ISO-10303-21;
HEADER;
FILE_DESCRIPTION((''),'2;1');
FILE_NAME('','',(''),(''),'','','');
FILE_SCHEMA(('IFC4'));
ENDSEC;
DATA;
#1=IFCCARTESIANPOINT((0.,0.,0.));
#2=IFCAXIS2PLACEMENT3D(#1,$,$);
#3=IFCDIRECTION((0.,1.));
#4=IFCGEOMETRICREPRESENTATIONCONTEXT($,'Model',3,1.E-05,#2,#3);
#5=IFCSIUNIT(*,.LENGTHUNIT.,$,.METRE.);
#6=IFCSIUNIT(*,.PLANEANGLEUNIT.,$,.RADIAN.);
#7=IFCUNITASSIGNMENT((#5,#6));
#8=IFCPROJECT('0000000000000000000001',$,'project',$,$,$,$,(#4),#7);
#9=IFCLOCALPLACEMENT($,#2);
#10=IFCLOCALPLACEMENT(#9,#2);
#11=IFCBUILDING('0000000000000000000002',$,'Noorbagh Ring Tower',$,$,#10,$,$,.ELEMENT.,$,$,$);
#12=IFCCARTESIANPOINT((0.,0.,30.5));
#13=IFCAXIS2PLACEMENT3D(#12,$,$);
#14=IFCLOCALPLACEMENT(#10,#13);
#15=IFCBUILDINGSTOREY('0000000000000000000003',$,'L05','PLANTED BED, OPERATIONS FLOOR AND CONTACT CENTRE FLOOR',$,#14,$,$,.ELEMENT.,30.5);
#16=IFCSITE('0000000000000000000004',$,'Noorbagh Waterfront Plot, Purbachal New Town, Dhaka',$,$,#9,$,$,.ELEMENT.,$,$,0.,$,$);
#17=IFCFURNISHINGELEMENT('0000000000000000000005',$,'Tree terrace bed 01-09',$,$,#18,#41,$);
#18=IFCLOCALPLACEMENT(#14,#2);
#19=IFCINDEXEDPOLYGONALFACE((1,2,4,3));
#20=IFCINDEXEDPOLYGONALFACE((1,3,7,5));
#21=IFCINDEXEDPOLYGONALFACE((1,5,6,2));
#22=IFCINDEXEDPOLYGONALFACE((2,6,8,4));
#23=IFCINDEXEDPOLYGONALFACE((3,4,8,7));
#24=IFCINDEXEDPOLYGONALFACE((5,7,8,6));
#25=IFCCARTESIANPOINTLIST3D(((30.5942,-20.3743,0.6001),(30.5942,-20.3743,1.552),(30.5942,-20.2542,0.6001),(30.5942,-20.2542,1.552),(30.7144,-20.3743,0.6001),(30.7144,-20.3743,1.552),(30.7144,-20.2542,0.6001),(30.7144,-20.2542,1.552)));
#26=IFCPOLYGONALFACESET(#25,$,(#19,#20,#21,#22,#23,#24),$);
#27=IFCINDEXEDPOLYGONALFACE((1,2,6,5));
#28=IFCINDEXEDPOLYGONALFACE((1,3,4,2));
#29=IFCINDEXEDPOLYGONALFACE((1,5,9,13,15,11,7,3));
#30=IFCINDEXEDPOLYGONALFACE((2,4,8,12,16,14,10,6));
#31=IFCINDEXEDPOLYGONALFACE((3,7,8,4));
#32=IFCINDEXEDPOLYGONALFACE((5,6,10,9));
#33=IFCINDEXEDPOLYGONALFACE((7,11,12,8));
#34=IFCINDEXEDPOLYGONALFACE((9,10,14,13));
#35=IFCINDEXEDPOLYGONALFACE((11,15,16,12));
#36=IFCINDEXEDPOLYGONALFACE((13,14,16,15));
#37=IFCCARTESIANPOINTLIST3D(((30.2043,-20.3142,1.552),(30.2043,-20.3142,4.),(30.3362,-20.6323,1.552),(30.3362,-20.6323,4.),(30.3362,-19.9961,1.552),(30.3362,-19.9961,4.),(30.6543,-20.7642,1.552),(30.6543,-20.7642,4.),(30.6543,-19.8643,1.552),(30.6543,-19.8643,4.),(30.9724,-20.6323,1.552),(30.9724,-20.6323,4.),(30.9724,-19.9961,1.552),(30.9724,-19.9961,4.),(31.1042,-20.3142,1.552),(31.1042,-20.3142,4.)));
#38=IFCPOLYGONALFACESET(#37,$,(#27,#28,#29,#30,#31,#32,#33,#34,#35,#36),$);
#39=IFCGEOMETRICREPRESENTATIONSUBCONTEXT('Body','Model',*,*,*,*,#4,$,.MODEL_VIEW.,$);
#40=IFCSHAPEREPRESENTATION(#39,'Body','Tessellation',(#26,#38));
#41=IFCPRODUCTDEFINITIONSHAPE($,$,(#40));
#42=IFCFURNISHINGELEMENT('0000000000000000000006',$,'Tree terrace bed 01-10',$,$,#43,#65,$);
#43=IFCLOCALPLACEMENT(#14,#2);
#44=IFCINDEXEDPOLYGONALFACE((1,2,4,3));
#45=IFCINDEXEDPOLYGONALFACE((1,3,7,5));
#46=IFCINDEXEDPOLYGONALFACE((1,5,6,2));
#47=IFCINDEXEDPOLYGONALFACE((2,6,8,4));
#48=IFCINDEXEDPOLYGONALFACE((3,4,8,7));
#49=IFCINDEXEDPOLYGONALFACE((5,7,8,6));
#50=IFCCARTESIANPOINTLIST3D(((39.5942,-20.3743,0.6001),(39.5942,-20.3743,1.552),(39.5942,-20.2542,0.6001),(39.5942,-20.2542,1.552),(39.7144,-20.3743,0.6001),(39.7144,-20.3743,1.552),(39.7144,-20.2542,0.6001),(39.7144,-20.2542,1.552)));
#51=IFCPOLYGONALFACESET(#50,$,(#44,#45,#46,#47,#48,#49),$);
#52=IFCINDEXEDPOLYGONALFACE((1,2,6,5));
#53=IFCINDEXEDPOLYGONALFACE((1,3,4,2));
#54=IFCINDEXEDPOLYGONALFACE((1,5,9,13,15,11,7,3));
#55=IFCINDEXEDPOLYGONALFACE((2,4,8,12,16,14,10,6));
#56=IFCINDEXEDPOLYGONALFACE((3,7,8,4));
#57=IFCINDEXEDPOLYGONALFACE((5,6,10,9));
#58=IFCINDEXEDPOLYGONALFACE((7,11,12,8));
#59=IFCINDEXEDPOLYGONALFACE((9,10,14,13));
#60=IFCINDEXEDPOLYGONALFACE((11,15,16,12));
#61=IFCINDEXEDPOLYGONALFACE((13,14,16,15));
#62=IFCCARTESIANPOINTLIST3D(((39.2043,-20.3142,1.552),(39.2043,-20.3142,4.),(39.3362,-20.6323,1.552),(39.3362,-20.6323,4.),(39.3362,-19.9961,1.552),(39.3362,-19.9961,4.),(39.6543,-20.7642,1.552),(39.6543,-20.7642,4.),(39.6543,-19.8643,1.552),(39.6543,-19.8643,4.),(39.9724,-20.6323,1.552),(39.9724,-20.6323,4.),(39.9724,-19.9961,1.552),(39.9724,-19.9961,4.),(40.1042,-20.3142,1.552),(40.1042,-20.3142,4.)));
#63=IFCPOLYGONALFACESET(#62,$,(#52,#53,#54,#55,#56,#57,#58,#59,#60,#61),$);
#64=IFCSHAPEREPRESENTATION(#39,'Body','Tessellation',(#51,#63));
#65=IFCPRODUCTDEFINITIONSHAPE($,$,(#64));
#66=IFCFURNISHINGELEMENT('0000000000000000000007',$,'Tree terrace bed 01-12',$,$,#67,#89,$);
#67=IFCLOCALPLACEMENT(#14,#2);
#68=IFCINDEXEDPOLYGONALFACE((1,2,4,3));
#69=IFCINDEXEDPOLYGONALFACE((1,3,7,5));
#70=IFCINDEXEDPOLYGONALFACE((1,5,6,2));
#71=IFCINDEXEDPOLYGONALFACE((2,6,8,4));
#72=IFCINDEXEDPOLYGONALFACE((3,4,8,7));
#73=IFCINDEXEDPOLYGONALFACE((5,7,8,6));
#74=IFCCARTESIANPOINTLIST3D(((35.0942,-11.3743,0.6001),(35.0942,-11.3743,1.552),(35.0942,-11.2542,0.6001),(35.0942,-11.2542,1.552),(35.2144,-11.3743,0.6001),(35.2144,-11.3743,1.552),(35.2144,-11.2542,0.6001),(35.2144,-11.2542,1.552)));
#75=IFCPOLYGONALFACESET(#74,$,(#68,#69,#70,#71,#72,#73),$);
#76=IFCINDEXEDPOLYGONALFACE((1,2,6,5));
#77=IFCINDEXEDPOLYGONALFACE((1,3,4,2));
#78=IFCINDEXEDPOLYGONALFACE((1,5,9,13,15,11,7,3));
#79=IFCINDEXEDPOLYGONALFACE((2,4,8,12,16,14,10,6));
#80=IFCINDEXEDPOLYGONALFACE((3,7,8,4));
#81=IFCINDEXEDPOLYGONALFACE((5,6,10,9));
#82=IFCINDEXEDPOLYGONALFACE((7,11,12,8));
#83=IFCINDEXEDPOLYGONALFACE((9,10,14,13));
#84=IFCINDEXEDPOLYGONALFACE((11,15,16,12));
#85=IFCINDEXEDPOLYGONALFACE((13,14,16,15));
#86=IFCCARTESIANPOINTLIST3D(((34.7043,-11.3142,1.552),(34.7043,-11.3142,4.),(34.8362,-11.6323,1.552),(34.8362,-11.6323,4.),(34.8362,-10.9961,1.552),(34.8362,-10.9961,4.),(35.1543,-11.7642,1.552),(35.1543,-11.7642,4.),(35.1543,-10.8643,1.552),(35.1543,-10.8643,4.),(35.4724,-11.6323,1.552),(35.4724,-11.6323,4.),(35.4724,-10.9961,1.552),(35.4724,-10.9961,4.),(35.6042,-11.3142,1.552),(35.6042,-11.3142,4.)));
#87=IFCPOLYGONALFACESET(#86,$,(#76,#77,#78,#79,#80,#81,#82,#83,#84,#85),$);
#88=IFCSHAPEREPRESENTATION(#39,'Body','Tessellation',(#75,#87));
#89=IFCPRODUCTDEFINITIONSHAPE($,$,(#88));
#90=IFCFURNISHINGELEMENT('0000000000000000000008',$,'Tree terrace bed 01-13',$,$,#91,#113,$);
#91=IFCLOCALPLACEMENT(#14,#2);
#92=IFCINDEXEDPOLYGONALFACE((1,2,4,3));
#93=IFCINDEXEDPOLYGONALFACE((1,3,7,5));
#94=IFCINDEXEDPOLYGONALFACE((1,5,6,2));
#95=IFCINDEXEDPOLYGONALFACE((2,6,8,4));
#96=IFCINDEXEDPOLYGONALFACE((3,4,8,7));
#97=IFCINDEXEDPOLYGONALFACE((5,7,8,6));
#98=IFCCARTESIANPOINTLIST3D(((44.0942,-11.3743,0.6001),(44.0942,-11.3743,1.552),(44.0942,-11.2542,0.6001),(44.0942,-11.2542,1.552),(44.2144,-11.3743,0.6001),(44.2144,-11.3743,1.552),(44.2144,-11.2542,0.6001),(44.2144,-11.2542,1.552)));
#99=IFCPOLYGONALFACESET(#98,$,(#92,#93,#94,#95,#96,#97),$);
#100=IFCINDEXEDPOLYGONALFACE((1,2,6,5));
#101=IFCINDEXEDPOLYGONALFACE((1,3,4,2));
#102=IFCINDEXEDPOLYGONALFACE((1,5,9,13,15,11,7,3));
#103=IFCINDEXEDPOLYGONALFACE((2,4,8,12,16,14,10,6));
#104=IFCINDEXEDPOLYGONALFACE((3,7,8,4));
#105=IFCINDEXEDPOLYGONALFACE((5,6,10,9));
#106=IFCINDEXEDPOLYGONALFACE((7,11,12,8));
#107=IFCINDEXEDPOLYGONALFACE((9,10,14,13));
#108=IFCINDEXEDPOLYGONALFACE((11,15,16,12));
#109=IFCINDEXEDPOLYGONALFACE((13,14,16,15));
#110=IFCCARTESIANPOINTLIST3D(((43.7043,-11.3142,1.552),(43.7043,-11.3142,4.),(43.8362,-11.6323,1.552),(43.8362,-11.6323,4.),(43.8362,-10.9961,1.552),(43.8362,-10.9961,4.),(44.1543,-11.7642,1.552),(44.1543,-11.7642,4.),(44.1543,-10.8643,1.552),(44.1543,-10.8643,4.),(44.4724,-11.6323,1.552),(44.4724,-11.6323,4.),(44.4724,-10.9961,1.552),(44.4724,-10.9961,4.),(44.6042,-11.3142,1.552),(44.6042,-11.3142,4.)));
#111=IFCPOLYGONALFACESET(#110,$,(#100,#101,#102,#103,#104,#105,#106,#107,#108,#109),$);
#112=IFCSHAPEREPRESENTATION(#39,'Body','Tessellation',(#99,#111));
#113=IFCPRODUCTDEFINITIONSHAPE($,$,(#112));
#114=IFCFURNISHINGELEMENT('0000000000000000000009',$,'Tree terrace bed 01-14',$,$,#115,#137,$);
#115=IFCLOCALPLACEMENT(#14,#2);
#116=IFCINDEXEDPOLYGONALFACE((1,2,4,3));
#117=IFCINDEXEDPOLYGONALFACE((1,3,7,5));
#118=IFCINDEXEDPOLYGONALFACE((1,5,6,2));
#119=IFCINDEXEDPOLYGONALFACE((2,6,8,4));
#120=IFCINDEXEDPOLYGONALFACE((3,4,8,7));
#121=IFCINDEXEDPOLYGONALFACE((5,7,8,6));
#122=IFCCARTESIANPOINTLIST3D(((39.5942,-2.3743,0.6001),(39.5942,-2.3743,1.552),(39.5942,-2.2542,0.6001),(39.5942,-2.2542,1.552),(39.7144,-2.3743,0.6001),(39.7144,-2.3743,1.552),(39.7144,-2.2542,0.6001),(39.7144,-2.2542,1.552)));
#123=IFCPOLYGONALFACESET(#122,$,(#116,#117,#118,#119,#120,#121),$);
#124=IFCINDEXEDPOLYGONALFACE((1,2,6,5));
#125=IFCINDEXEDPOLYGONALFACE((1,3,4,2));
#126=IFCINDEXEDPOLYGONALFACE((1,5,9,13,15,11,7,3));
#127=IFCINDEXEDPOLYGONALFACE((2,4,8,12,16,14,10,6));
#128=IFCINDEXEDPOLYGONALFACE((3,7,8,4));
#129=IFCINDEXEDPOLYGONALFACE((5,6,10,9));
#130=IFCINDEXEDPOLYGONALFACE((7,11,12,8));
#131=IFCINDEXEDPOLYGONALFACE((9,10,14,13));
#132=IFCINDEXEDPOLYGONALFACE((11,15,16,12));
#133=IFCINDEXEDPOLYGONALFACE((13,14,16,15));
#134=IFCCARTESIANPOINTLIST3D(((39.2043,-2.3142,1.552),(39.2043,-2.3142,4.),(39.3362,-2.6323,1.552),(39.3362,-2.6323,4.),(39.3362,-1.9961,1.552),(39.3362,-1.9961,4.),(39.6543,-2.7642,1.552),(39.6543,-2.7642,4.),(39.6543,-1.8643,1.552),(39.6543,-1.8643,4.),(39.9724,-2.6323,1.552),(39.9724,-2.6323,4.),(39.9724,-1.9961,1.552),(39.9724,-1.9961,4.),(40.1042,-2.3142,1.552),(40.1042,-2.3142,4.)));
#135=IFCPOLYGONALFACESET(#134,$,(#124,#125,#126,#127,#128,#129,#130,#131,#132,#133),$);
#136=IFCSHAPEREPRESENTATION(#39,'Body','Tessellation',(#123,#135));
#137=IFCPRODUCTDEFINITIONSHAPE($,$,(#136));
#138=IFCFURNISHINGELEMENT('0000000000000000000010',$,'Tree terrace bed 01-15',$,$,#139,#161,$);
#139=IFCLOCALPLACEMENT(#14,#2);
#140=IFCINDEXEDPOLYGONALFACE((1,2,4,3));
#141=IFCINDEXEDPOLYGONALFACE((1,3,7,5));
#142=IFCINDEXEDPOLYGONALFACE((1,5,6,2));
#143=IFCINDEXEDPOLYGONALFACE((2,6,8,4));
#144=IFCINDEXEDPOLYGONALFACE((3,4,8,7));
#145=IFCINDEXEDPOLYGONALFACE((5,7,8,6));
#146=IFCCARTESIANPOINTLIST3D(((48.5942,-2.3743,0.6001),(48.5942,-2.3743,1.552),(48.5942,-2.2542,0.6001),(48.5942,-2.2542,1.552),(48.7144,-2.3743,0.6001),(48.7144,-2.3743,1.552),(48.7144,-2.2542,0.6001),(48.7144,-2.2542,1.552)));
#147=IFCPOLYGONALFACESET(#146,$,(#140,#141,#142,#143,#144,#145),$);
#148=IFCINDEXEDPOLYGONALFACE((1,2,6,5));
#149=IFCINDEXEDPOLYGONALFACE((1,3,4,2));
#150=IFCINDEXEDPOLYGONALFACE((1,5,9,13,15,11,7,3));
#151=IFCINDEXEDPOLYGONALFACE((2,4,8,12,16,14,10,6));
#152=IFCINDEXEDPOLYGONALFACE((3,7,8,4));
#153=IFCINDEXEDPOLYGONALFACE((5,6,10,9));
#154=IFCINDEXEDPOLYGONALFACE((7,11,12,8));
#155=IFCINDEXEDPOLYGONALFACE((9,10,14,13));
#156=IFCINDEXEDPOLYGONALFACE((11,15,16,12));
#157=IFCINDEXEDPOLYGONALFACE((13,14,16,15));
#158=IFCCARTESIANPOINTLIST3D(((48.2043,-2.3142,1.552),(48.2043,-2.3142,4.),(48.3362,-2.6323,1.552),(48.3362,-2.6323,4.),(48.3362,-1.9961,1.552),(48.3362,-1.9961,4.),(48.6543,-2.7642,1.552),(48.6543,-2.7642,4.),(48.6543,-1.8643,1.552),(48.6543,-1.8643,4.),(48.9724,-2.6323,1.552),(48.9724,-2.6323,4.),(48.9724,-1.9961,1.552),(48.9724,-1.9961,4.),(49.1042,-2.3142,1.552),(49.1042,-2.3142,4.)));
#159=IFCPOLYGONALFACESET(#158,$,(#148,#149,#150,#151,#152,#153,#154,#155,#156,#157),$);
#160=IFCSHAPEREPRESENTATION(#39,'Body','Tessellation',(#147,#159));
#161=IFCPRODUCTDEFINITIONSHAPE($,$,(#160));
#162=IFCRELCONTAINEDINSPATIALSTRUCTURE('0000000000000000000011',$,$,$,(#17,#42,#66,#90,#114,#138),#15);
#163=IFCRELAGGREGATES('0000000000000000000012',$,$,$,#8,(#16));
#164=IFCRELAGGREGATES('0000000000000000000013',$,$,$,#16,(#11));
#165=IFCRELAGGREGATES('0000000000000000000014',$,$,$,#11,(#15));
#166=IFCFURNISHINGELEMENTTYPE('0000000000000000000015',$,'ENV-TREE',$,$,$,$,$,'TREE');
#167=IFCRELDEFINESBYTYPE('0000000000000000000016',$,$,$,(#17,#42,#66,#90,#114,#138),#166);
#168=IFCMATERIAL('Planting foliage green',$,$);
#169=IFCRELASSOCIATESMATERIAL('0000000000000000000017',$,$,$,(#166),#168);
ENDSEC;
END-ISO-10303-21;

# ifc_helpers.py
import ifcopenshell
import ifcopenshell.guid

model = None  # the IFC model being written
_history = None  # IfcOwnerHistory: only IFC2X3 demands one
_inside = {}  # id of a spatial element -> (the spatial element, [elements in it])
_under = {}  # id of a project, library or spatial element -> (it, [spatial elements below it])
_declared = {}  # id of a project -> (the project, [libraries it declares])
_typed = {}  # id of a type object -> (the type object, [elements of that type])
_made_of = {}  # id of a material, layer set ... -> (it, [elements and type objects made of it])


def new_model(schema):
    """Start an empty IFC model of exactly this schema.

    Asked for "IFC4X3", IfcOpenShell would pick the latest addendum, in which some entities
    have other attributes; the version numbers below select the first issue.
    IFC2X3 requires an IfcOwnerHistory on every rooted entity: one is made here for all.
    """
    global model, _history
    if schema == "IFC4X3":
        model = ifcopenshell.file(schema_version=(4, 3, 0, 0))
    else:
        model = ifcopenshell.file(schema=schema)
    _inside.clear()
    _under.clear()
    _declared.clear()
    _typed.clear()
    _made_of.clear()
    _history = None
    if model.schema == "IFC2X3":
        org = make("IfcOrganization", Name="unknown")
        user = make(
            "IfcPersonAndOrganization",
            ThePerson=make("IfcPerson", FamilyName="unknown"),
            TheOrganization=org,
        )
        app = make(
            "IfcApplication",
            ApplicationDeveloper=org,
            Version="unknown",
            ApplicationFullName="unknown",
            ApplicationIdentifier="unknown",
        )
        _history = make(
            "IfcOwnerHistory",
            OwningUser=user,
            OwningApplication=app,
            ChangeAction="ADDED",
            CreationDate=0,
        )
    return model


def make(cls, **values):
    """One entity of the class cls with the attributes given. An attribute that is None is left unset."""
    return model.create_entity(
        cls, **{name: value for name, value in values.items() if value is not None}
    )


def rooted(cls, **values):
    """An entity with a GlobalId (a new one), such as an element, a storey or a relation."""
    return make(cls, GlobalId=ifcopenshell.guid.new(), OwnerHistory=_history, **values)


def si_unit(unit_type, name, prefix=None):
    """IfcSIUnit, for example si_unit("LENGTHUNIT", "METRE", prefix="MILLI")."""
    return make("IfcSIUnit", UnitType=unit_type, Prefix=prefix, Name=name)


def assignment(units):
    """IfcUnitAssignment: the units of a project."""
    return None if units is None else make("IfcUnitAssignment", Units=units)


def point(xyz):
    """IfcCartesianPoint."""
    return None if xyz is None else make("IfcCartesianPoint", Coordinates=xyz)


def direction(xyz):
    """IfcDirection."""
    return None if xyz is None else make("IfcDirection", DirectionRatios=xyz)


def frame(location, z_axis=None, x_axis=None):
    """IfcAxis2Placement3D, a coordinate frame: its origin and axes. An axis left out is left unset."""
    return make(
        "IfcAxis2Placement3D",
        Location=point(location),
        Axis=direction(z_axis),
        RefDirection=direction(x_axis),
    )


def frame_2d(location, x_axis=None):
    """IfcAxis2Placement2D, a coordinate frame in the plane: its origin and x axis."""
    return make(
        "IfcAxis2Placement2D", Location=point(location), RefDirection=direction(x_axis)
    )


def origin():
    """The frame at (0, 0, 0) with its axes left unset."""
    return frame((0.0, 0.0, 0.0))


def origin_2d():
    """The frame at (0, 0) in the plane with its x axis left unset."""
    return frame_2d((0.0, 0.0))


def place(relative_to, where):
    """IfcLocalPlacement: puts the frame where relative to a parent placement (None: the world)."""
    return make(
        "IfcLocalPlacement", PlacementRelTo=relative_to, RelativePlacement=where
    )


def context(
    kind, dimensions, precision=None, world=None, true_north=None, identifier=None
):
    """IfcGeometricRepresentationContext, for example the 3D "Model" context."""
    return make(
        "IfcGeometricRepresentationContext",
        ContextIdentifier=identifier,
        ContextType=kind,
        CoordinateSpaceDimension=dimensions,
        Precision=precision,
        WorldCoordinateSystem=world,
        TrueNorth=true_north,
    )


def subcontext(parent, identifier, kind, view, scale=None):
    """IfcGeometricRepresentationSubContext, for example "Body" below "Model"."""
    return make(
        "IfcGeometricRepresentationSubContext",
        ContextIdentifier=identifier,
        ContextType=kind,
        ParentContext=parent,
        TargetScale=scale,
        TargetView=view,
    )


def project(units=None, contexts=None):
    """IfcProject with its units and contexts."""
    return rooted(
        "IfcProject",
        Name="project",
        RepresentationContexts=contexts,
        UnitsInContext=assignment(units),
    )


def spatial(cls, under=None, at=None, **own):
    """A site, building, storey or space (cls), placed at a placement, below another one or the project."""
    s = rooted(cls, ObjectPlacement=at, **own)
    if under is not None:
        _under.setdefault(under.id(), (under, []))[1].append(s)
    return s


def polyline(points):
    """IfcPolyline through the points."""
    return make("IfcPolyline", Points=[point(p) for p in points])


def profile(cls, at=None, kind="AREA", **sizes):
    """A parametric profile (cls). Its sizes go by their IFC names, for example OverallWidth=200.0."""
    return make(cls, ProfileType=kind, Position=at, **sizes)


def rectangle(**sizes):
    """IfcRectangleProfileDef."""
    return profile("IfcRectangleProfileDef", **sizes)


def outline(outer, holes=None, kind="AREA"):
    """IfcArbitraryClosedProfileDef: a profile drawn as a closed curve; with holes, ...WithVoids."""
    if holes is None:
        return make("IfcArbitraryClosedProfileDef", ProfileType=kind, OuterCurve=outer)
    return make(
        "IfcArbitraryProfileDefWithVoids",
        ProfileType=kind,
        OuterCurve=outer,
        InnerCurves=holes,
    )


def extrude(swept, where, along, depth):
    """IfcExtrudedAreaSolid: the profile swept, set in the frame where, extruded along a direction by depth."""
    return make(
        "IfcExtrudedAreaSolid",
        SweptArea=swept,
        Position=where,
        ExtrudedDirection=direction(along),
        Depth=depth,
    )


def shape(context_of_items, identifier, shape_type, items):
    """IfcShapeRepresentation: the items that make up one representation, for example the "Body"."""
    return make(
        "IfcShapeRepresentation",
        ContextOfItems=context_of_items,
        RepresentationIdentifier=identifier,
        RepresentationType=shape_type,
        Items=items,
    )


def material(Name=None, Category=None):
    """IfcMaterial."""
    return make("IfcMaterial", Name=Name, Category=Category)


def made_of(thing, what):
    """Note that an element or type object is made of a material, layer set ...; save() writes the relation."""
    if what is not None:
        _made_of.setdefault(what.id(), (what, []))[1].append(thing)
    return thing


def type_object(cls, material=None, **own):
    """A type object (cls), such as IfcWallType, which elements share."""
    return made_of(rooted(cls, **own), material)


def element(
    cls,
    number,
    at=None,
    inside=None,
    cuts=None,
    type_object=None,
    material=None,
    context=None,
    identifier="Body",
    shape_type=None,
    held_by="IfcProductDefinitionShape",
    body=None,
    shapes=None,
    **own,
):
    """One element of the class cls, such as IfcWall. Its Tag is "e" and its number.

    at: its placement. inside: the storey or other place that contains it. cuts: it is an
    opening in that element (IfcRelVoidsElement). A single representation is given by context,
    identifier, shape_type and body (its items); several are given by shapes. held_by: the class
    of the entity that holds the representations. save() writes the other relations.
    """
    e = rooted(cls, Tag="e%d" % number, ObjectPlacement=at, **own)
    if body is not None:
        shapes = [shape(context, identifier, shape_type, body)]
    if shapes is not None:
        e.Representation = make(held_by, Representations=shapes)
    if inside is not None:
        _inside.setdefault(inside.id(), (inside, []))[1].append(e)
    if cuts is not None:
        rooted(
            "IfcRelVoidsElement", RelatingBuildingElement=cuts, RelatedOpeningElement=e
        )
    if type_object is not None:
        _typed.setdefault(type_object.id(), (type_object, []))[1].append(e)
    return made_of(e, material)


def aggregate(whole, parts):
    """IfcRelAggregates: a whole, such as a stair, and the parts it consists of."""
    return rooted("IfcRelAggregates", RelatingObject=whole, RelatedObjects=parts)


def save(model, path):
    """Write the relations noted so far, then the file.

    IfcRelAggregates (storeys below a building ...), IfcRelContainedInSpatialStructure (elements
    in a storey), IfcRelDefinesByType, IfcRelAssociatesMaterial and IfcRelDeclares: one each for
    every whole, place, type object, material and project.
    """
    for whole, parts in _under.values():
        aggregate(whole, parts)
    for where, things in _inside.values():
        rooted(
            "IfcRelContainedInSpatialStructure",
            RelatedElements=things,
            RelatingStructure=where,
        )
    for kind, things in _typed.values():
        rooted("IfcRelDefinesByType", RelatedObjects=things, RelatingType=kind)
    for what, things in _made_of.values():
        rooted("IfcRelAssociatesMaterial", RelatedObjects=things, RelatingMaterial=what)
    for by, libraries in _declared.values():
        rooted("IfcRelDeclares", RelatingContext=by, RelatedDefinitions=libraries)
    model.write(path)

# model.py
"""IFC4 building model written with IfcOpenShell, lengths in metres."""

from ifc_helpers import new_model, si_unit, direction, frame, origin, origin_2d, place, context, subcontext, project, spatial, polyline, rectangle, outline, extrude, material, type_object, element, save


model = new_model("IFC4")

# Units and contexts
model_context = context("Model", 3, precision=1e-05, world=origin(), true_north=direction((0.0, 1.0)))
body_context = subcontext(model_context, "Body", "Model", "MODEL_VIEW")
ifc_project = project(units=[si_unit("LENGTHUNIT", "METRE"), si_unit("PLANEANGLEUNIT", "RADIAN")], contexts=[model_context])

# Site, building, storey
site_placement = place(None, origin())
site = spatial("IfcSite", under=ifc_project, at=site_placement, Name="Noorbagh Waterfront Plot, Purbachal New Town, Dhaka", CompositionType="ELEMENT", RefElevation=0.0)
building_placement = place(site_placement, origin())
building = spatial("IfcBuilding", under=site, at=building_placement, Name="Noorbagh Ring Tower", CompositionType="ELEMENT")
storey_placement = place(building_placement, frame((0.0, 0.0, 30.5)))
storey = spatial("IfcBuildingStorey", under=building, at=storey_placement, Name="L05", Description="PLANTED BED, OPERATIONS FLOOR AND CONTACT CENTRE FLOOR", CompositionType="ELEMENT", Elevation=30.5)

# Furnishing elements
ifc_material_1 = material(Name="Planting foliage green")
furnishing_element_type = type_object("IfcFurnishingElementType", Name="ENV-TREE", ElementType="TREE", material=ifc_material_1)
for number, where, z_axis, x_axis, name in (
    (1, (30.6543, -20.3142, 0.6001), (0.0, 0.0, 1.0), (1.0, 0.0, 0.0), "Tree terrace bed 01-09"),
    (2, (39.6543, -20.3142, 0.6001), (0.0, 0.0, 1.0), (1.0, 0.0, 0.0), "Tree terrace bed 01-10"),
    (3, (35.1543, -11.3142, 0.6001), (0.0, 0.0, 1.0), (1.0, 0.0, 0.0), "Tree terrace bed 01-12"),
    (4, (44.1543, -11.3142, 0.6001), (0.0, 0.0, 1.0), (1.0, 0.0, 0.0), "Tree terrace bed 01-13"),
    (5, (39.6543, -2.3142, 0.6001), (0.0, 0.0, 1.0), (1.0, 0.0, 0.0), "Tree terrace bed 01-14"),
    (6, (48.6543, -2.3142, 0.6001), (0.0, 0.0, 1.0), (1.0, 0.0, 0.0), "Tree terrace bed 01-15"),
):
    element("IfcFurnishingElement", number, at=place(storey_placement, frame(where, z_axis=z_axis, x_axis=x_axis)), inside=storey, type_object=furnishing_element_type, Name=name, context=body_context, shape_type="SweptSolid", body=[
        extrude(rectangle(XDim=0.1201, YDim=0.1201, at=origin_2d()), origin(), (0.0, 0.0, 1.0), 0.9519),
        extrude(outline(polyline([(0.45, 0.0), (0.3181, 0.3181), (0.0, 0.45), (-0.3181, 0.3181), (-0.45, 0.0), (-0.3181, -0.3181), (0.0, -0.45), (0.3181, -0.3181), (0.45, 0.0)])), frame((0.0, 0.0, 0.9519)), (0.0, 0.0, 1.0), 2.448),
    ])

save(model, "model.ifc")
